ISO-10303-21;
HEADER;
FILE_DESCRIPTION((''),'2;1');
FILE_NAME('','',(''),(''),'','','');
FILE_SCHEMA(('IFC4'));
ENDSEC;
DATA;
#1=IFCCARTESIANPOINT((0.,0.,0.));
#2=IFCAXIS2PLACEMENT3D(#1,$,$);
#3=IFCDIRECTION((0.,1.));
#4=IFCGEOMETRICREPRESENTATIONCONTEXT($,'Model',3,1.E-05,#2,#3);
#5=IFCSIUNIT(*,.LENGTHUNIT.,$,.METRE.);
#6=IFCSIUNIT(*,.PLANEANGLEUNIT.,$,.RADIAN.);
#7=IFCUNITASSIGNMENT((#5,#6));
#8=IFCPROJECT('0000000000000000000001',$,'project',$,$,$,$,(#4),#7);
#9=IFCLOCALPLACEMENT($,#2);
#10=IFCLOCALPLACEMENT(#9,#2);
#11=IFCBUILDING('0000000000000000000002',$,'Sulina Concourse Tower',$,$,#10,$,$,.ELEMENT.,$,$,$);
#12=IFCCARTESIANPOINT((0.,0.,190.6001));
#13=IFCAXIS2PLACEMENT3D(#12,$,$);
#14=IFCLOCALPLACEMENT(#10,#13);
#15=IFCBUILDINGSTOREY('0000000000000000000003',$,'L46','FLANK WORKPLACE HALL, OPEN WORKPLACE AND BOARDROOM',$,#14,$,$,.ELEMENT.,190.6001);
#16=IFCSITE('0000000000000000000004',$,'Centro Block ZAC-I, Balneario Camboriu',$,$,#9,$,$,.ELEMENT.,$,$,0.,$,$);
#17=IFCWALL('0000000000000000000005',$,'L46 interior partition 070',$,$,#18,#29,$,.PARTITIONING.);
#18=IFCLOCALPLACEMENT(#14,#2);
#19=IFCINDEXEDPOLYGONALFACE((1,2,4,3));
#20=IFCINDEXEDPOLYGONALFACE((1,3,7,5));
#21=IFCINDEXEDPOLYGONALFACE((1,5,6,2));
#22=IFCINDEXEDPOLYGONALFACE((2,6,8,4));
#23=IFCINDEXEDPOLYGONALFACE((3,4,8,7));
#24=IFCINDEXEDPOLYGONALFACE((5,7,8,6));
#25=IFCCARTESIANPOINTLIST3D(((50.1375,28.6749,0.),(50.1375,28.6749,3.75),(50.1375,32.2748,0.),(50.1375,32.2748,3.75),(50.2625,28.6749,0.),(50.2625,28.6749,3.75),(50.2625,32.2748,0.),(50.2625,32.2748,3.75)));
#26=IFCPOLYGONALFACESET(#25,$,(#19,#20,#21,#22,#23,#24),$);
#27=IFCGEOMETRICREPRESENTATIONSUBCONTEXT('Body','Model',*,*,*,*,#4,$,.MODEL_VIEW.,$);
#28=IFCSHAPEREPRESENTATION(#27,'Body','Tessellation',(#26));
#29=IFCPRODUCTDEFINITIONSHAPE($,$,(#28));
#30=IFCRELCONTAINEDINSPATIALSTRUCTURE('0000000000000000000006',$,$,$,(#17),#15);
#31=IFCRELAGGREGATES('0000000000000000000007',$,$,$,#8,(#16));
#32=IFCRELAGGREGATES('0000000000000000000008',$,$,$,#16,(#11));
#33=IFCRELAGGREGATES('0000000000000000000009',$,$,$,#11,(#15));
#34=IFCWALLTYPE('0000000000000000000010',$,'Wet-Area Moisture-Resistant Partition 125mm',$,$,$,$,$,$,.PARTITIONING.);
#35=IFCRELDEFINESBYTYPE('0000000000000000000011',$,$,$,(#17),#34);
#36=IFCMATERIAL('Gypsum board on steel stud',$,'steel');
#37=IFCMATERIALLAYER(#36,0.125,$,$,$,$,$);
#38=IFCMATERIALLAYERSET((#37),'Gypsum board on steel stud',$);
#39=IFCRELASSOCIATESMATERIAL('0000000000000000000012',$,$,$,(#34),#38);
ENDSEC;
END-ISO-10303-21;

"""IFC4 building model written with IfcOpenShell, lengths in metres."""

from ifc_helpers import new_model, si_unit, direction, frame, frame_2d, origin, place, context, subcontext, project, spatial, rectangle, extrude, material, layer, layer_set, type_object, element, save


model = new_model("IFC4")

# Units and contexts
model_context = context("Model", 3, precision=1e-05, world=origin(), true_north=direction((0.0, 1.0)))
body_context = subcontext(model_context, "Body", "Model", "MODEL_VIEW")
ifc_project = project(units=[si_unit("LENGTHUNIT", "METRE"), si_unit("PLANEANGLEUNIT", "RADIAN")], contexts=[model_context])

# Site, building, storey
site_placement = place(None, origin())
site = spatial("IfcSite", under=ifc_project, at=site_placement, Name="Centro Block ZAC-I, Balneario Camboriu", CompositionType="ELEMENT", RefElevation=0.0)
building_placement = place(site_placement, origin())
building = spatial("IfcBuilding", under=site, at=building_placement, Name="Sulina Concourse Tower", CompositionType="ELEMENT")
storey_placement = place(building_placement, frame((0.0, 0.0, 190.6001)))
storey = spatial("IfcBuildingStorey", under=building, at=storey_placement, Name="L46", Description="FLANK WORKPLACE HALL, OPEN WORKPLACE AND BOARDROOM", CompositionType="ELEMENT", Elevation=190.6001)

# Shared definitions
ifc_material_1 = material(Name="Gypsum board on steel stud", Category="steel")
ifc_layer_1 = layer(ifc_material_1, 0.125)
ifc_layer_set_1 = layer_set([ifc_layer_1], Name="Gypsum board on steel stud")
wall_type_1 = type_object("IfcWallType", Name="Wet-Area Moisture-Resistant Partition 125mm", PredefinedType="PARTITIONING", material=ifc_layer_set_1)

# Wall
wall_1_placement = place(storey_placement, frame((50.2, 28.675, 0.0), z_axis=(0.0, 0.0, 1.0), x_axis=(0.0, 1.0, 0.0)))
element("IfcWall", 1, at=wall_1_placement, inside=storey, type_object=wall_type_1, Name="L46 interior partition 070", PredefinedType="PARTITIONING", context=body_context, shape_type="SweptSolid", body=[
    extrude(rectangle(XDim=3.5999, YDim=0.125, at=frame_2d((1.7998, 0.0))), origin(), (0.0, 0.0, 1.0), 3.75),
])

save(model, "model.ifc")
